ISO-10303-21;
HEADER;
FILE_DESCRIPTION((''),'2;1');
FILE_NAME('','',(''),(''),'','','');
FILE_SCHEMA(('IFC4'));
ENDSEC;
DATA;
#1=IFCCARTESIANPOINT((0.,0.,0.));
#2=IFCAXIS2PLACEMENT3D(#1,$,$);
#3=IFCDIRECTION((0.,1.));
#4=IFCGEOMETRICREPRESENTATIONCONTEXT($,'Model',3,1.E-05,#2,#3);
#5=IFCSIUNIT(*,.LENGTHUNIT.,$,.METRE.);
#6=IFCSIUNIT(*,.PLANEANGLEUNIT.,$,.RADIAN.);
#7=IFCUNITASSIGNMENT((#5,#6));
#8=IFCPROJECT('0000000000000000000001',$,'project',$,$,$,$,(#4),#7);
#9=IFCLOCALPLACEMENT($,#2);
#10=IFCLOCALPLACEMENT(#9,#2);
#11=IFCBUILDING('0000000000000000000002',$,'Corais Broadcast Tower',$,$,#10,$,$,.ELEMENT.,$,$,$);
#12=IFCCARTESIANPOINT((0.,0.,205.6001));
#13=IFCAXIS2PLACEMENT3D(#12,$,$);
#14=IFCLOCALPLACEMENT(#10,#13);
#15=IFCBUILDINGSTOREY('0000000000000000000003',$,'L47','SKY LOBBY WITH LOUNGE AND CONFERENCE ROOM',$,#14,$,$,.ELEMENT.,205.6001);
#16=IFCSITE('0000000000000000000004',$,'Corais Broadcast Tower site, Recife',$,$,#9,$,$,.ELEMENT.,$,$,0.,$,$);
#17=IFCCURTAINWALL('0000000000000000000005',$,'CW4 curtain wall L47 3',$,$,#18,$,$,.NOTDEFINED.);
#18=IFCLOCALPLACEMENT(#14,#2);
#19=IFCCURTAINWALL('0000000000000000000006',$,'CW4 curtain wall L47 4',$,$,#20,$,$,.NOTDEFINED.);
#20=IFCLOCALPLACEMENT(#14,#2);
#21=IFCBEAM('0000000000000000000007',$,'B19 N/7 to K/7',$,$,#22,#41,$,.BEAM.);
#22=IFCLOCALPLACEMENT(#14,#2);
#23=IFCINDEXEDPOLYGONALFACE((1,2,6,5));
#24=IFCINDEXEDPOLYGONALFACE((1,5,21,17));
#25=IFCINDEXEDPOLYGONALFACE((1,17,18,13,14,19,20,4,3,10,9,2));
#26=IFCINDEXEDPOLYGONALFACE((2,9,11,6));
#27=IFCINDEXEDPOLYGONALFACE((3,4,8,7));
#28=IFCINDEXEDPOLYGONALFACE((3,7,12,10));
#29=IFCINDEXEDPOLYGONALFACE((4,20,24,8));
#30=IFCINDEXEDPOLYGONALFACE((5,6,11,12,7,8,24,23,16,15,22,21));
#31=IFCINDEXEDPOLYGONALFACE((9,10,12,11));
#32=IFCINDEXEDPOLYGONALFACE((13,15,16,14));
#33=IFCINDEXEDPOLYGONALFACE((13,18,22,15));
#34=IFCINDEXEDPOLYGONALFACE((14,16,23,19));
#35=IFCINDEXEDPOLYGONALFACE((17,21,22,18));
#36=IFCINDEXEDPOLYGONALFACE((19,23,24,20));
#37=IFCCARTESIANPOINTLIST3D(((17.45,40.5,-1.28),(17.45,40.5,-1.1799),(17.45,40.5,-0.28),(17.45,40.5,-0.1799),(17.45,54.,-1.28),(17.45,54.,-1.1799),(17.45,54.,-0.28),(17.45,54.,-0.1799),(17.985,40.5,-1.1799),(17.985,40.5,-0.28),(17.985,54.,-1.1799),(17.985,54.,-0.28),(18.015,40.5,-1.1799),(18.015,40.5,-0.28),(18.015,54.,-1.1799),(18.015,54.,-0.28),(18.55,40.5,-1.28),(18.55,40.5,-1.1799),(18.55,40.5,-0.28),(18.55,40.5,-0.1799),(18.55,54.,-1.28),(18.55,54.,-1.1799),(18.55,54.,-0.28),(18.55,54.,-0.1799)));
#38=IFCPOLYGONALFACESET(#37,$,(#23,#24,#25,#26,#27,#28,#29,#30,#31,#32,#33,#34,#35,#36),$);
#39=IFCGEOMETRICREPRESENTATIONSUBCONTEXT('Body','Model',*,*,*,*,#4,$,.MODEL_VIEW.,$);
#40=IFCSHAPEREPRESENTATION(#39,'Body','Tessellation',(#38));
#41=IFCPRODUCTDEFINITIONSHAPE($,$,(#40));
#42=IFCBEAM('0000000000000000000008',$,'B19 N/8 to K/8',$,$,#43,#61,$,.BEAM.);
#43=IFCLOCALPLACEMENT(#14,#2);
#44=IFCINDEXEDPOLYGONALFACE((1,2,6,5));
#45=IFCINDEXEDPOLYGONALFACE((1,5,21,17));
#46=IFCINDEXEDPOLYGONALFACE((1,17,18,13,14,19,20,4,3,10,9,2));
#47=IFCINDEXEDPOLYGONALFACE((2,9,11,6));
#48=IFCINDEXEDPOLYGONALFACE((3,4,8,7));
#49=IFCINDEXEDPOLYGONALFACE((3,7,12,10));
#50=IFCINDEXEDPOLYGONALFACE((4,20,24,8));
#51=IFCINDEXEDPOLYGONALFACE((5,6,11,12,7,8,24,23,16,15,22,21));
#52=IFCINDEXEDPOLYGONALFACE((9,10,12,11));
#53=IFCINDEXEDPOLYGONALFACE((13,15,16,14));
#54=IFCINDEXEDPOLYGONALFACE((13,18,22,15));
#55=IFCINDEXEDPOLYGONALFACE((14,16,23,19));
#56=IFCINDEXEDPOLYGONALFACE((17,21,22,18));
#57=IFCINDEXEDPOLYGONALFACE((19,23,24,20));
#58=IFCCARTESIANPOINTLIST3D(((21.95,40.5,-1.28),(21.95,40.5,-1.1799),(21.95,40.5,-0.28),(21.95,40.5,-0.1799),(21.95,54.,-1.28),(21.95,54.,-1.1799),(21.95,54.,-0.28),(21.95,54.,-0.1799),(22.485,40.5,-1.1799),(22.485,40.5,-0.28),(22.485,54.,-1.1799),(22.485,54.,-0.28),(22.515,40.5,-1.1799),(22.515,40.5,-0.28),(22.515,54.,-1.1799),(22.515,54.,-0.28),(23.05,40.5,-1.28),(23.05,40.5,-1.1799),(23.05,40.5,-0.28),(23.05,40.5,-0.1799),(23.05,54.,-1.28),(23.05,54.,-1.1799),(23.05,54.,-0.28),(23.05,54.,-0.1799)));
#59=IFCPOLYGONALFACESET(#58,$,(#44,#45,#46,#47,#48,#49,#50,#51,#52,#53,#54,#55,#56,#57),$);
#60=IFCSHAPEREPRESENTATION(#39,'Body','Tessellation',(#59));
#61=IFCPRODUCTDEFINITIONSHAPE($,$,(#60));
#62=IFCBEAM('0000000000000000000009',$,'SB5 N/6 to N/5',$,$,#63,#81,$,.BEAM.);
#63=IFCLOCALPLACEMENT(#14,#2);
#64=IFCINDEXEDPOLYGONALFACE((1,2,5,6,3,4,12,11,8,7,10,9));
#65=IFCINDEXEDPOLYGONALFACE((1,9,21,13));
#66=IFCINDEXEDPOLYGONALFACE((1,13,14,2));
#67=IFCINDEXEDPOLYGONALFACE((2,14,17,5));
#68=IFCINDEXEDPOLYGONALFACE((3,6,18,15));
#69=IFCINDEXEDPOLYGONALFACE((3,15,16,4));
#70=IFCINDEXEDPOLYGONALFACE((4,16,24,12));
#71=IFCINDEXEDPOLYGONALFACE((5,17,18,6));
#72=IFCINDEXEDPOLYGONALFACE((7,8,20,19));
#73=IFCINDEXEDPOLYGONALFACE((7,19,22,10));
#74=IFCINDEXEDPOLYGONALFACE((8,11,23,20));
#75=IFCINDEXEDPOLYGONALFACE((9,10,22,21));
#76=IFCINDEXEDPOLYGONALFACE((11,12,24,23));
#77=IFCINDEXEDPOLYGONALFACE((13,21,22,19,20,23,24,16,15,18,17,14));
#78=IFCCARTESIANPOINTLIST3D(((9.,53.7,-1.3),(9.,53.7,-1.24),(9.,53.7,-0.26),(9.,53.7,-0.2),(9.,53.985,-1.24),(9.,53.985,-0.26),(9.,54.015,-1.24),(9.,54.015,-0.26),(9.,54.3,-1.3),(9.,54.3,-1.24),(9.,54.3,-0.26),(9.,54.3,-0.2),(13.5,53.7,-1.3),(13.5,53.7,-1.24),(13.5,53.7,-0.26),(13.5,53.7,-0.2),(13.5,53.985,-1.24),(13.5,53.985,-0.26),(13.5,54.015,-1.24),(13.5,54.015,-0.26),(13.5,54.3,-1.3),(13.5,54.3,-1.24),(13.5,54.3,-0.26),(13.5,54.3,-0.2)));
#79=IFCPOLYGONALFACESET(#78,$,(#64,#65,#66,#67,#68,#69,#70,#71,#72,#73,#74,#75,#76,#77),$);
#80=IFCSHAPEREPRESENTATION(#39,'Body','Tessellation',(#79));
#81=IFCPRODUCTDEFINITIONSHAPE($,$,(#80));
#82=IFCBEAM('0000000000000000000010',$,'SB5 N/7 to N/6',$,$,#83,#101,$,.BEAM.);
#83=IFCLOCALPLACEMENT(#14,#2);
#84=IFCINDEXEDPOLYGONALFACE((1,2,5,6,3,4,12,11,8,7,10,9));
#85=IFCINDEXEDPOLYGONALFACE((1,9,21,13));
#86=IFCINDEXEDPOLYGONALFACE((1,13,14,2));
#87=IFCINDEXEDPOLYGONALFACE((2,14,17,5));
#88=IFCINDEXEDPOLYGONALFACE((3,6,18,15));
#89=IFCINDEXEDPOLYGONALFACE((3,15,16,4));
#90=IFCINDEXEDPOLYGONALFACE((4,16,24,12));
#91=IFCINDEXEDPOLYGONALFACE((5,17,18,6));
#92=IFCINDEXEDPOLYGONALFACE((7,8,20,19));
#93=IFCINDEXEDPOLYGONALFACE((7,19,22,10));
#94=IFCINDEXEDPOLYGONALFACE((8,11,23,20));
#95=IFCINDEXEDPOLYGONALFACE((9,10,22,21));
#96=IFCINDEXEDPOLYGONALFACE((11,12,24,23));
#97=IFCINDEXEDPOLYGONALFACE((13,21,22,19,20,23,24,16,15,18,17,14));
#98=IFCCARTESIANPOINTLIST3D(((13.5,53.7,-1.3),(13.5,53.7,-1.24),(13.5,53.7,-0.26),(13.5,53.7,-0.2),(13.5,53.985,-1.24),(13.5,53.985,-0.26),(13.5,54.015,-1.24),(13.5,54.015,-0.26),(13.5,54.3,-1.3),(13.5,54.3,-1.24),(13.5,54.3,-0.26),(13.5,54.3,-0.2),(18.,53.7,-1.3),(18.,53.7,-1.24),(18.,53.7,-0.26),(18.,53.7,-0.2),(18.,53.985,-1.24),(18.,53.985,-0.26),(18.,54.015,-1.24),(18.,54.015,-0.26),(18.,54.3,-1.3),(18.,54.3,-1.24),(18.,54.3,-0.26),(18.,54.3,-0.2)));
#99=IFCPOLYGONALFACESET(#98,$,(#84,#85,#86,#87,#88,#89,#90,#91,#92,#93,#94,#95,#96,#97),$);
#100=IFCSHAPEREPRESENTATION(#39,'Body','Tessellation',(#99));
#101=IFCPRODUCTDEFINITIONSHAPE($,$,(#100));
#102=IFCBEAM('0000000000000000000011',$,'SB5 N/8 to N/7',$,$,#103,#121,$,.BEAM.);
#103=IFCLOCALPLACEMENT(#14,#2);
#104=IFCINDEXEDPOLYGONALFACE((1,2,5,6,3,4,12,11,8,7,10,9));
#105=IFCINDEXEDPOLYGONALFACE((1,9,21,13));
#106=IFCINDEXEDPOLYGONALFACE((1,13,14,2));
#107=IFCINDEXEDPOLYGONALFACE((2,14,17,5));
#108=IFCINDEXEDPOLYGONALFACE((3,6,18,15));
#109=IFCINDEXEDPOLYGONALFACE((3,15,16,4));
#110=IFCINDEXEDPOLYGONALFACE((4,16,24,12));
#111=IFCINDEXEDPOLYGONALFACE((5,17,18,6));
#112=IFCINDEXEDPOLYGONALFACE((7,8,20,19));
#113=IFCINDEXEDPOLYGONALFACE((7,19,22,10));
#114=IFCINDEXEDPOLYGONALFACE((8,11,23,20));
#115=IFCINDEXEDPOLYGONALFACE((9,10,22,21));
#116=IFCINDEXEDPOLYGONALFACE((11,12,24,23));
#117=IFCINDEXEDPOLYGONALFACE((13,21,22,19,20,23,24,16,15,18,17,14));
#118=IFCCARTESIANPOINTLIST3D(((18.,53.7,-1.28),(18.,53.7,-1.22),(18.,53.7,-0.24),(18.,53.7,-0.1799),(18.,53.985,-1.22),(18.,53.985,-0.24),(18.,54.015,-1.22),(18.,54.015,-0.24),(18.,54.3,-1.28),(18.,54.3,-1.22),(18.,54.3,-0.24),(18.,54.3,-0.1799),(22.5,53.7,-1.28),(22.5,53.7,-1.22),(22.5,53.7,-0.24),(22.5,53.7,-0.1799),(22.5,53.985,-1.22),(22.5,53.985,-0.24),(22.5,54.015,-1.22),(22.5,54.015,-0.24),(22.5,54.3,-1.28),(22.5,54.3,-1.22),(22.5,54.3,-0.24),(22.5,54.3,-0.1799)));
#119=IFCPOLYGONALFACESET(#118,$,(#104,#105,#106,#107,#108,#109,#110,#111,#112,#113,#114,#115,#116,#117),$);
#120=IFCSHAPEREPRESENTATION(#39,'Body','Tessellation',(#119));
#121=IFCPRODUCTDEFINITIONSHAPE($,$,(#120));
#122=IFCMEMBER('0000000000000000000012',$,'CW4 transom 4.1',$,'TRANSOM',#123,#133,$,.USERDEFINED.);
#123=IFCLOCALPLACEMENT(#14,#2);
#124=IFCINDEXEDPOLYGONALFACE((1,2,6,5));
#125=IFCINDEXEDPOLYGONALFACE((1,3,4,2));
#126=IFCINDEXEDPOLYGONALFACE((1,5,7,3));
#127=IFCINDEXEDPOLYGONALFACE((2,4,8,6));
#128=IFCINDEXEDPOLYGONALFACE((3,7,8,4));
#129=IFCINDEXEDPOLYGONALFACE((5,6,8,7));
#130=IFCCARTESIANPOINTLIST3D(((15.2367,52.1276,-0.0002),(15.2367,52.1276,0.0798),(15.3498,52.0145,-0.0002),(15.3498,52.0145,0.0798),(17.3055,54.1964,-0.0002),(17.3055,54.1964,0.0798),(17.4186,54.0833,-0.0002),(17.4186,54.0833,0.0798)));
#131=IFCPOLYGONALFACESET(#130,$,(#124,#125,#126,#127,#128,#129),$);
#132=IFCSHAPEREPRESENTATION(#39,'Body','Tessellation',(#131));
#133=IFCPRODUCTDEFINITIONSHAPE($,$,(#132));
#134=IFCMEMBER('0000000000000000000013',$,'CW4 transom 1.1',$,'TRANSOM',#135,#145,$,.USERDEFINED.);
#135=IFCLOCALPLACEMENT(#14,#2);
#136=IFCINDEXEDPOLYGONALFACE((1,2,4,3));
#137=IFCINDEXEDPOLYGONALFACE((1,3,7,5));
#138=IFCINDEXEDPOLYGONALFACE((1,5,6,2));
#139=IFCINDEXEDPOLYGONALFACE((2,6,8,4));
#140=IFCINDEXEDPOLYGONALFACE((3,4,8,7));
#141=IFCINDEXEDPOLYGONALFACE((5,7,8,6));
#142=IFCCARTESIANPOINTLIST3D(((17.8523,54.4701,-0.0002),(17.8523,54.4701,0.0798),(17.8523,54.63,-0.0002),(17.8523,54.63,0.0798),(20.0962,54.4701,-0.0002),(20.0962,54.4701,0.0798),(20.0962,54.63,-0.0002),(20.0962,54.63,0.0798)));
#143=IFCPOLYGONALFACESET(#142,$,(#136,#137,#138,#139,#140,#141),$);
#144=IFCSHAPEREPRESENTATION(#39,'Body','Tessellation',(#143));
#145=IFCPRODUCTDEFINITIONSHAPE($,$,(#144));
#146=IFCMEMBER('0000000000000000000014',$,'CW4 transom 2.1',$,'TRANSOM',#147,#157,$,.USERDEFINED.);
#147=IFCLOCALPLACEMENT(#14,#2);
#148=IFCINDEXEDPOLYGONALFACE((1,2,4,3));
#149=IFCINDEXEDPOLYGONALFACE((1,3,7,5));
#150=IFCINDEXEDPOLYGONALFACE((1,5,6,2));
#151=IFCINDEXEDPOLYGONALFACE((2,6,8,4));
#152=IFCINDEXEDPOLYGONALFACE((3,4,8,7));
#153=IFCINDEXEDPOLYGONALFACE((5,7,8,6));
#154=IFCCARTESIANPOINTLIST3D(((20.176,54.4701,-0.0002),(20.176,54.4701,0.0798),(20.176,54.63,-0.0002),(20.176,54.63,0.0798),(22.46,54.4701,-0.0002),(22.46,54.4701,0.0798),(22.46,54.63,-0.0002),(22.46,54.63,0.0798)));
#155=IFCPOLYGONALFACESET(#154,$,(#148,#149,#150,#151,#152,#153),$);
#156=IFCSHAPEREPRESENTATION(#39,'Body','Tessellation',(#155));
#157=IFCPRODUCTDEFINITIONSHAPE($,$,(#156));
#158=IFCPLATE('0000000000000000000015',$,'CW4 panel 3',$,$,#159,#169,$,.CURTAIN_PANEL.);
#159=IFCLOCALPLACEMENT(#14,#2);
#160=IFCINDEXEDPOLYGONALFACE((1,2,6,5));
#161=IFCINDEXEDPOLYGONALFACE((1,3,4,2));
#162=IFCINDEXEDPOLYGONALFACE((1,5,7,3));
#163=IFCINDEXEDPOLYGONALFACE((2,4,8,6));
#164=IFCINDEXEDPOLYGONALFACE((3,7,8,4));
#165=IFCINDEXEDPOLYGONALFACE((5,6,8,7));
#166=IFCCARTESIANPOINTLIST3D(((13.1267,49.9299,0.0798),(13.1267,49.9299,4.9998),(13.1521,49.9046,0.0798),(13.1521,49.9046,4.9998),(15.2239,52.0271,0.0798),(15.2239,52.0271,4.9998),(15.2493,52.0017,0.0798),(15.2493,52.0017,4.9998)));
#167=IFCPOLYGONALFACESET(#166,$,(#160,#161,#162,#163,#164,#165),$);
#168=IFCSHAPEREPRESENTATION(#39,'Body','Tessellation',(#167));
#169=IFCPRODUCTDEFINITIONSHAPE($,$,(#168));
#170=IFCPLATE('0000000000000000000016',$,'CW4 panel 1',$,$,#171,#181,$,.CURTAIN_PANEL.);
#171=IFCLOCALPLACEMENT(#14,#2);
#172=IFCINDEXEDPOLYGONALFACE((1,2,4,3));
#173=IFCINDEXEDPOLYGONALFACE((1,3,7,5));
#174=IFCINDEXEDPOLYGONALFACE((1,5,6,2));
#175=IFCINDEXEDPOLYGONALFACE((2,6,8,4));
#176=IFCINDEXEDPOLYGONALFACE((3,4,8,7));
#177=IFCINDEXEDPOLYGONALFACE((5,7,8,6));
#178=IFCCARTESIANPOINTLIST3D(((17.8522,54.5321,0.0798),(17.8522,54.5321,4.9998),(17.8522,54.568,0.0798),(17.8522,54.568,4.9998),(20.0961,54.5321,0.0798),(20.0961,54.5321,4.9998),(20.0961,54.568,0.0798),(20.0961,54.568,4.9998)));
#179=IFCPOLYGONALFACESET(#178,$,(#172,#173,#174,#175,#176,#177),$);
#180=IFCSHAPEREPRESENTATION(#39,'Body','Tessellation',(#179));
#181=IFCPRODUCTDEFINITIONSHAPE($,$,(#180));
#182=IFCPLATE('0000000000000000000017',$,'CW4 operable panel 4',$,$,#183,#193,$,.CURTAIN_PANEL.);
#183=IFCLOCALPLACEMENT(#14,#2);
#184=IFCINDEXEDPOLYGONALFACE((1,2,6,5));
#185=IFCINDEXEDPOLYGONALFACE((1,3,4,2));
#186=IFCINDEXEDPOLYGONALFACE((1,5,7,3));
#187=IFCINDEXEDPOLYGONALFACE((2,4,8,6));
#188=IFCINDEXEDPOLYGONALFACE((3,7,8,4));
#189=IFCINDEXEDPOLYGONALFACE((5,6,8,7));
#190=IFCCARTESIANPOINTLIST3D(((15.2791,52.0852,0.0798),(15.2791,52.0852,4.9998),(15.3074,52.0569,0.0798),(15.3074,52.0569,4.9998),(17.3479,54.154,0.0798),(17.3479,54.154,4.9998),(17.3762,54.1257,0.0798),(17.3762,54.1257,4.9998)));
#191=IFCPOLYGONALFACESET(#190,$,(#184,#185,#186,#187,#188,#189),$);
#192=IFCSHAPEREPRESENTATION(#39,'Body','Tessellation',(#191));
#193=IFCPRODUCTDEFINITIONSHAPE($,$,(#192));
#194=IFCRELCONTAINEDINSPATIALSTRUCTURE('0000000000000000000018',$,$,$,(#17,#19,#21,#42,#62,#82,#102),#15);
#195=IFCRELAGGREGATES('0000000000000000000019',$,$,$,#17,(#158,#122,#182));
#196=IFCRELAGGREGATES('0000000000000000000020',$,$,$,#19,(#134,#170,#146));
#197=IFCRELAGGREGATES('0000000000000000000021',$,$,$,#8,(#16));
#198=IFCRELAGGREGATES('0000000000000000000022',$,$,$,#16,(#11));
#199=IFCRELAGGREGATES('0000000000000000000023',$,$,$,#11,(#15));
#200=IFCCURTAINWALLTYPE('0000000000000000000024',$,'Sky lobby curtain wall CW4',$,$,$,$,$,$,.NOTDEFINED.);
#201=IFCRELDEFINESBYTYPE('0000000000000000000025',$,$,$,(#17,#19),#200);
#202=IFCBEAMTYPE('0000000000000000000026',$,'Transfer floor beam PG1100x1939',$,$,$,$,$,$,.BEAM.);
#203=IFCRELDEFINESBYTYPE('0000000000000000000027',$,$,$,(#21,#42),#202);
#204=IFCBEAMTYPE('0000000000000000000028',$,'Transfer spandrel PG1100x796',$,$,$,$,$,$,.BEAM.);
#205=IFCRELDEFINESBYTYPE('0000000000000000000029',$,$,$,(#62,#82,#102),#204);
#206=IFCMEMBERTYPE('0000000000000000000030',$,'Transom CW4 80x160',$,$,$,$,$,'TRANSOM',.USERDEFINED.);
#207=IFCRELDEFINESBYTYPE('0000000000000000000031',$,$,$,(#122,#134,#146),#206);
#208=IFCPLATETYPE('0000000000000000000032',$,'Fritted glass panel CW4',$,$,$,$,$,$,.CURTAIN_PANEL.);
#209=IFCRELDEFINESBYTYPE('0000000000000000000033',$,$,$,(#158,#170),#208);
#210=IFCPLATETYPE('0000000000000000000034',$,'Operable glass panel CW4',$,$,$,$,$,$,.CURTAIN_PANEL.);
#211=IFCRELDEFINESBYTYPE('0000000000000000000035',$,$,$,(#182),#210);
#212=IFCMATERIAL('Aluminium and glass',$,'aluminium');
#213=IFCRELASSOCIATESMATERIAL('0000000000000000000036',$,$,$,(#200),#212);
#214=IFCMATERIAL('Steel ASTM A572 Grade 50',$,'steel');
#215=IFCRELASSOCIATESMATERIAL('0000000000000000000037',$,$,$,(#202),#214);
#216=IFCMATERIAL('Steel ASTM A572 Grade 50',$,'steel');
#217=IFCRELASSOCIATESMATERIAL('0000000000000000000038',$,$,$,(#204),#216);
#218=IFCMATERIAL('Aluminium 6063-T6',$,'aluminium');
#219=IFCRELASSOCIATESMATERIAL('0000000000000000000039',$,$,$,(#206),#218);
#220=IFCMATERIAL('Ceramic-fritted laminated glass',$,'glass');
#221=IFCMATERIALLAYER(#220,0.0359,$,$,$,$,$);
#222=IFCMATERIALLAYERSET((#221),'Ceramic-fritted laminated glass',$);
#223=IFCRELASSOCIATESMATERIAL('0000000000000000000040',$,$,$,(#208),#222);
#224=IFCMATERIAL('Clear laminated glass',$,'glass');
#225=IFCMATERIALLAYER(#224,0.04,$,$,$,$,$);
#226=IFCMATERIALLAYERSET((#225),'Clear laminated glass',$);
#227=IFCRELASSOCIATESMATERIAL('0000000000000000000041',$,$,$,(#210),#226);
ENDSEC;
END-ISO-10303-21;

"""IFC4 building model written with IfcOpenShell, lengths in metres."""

from ifc_helpers import new_model, si_unit, direction, frame, origin, origin_2d, place, context, subcontext, project, spatial, rectangle, i_section, extrude, material, layer, layer_set, material_profile, profile_set, type_object, element, aggregate, save


model = new_model("IFC4")

# Units and contexts
model_context = context("Model", 3, precision=1e-05, world=origin(), true_north=direction((0.0, 1.0)))
body_context = subcontext(model_context, "Body", "Model", "MODEL_VIEW")
ifc_project = project(units=[si_unit("LENGTHUNIT", "METRE"), si_unit("PLANEANGLEUNIT", "RADIAN")], contexts=[model_context])

# Site, building, storey
site_placement = place(None, origin())
site = spatial("IfcSite", under=ifc_project, at=site_placement, Name="Corais Broadcast Tower site, Recife", CompositionType="ELEMENT", RefElevation=0.0)
building_placement = place(site_placement, origin())
building = spatial("IfcBuilding", under=site, at=building_placement, Name="Corais Broadcast Tower", CompositionType="ELEMENT")
storey_placement = place(building_placement, frame((0.0, 0.0, 205.6001)))
storey = spatial("IfcBuildingStorey", under=building, at=storey_placement, Name="L47", Description="SKY LOBBY WITH LOUNGE AND CONFERENCE ROOM", CompositionType="ELEMENT", Elevation=205.6001)

# Curtain walls
ifc_material_1 = material(Name="Aluminium and glass", Category="aluminium")
curtain_wall_type = type_object("IfcCurtainWallType", Name="Sky lobby curtain wall CW4", PredefinedType="NOTDEFINED", material=ifc_material_1)
curtain_wall_1_placement = place(storey_placement, origin())
curtain_wall_1 = element("IfcCurtainWall", 1, at=curtain_wall_1_placement, inside=storey, type_object=curtain_wall_type, Name="CW4 curtain wall L47 3", PredefinedType="NOTDEFINED")
curtain_wall_2_placement = place(storey_placement, origin())
curtain_wall_2 = element("IfcCurtainWall", 2, at=curtain_wall_2_placement, inside=storey, type_object=curtain_wall_type, Name="CW4 curtain wall L47 4", PredefinedType="NOTDEFINED")

# Beams
ifc_material_2 = material(Name="Steel ASTM A572 Grade 50", Category="steel")
ifc_material_profile_1 = material_profile(ifc_material_2, i_section(OverallWidth=1.1001, OverallDepth=1.1001, WebThickness=0.03, FlangeThickness=0.1001, at=origin_2d()), Name="PG1100x1939")
ifc_profile_set_1 = profile_set([ifc_material_profile_1], Name="Steel ASTM A572 Grade 50")
beam_type_1 = type_object("IfcBeamType", Name="Transfer floor beam PG1100x1939", PredefinedType="BEAM", material=ifc_profile_set_1)
for number, where, z_axis, x_axis, name in (
    (3, (18.0, 54.0, -0.73), (0.0, -1.0, 0.0), (1.0, 0.0, 0.0), "B19 N/7 to K/7"),
    (4, (22.5, 54.0, -0.73), (0.0, -1.0, 0.0), (1.0, 0.0, 0.0), "B19 N/8 to K/8"),
):
    element("IfcBeam", number, at=place(storey_placement, frame(where, z_axis=z_axis, x_axis=x_axis)), inside=storey, type_object=beam_type_1, Name=name, PredefinedType="BEAM", context=body_context, shape_type="SweptSolid", body=[
        extrude(i_section(OverallWidth=1.1001, OverallDepth=1.1001, WebThickness=0.03, FlangeThickness=0.1001, at=origin_2d()), origin(), (0.0, 0.0, 1.0), 13.5),
    ])
ifc_material_3 = material(Name="Steel ASTM A572 Grade 50", Category="steel")
ifc_material_profile_2 = material_profile(ifc_material_3, i_section(OverallWidth=0.6001, OverallDepth=1.1001, WebThickness=0.03, FlangeThickness=0.0601, at=origin_2d()), Name="PG1100x796")
ifc_profile_set_2 = profile_set([ifc_material_profile_2], Name="Steel ASTM A572 Grade 50")
beam_type_2 = type_object("IfcBeamType", Name="Transfer spandrel PG1100x796", PredefinedType="BEAM", material=ifc_profile_set_2)
for number, where, z_axis, x_axis, name in (
    (5, (13.5, 54.0, -0.75), (-1.0, 0.0, 0.0), (0.0, -1.0, 0.0), "SB5 N/6 to N/5"),
    (6, (18.0, 54.0, -0.75), (-1.0, 0.0, 0.0), (0.0, -1.0, 0.0), "SB5 N/7 to N/6"),
    (7, (22.5, 54.0, -0.73), (-1.0, 0.0, 0.0), (0.0, -1.0, 0.0), "SB5 N/8 to N/7"),
):
    element("IfcBeam", number, at=place(storey_placement, frame(where, z_axis=z_axis, x_axis=x_axis)), inside=storey, type_object=beam_type_2, Name=name, PredefinedType="BEAM", context=body_context, shape_type="SweptSolid", body=[
        extrude(i_section(OverallWidth=0.6001, OverallDepth=1.1001, WebThickness=0.03, FlangeThickness=0.0601, at=origin_2d()), origin(), (0.0, 0.0, 1.0), 4.5),
    ])

# Members
ifc_material_4 = material(Name="Aluminium 6063-T6", Category="aluminium")
ifc_material_profile_3 = material_profile(ifc_material_4, rectangle(XDim=0.1599, YDim=0.0801, at=origin_2d()), Name="Transom CW4 80x160")
ifc_profile_set_3 = profile_set([ifc_material_profile_3], Name="Aluminium 6063-T6")
member_type_1 = type_object("IfcMemberType", Name="Transom CW4 80x160", ElementType="TRANSOM", PredefinedType="USERDEFINED", material=ifc_profile_set_3)
member_1_placement = place(storey_placement, frame((15.2932, 52.071, 0.0398), z_axis=(0.707107, 0.707107, 0.0), x_axis=(-0.707107, 0.707107, 0.0)))
member_1 = element("IfcMember", 8, at=member_1_placement, type_object=member_type_1, Name="CW4 transom 4.1", ObjectType="TRANSOM", PredefinedType="USERDEFINED", context=body_context, shape_type="SweptSolid", body=[
    extrude(rectangle(XDim=0.1599, YDim=0.0801, at=origin_2d()), origin(), (0.0, 0.0, 1.0), 2.9258),
])
member_2_placement = place(storey_placement, frame((17.8523, 54.55, 0.0398), z_axis=(1.0, 0.0, 0.0), x_axis=(0.0, 1.0, 0.0)))
member_2 = element("IfcMember", 9, at=member_2_placement, type_object=member_type_1, Name="CW4 transom 1.1", ObjectType="TRANSOM", PredefinedType="USERDEFINED", context=body_context, shape_type="SweptSolid", body=[
    extrude(rectangle(XDim=0.1599, YDim=0.0801, at=origin_2d()), origin(), (0.0, 0.0, 1.0), 2.2439),
])
member_3_placement = place(storey_placement, frame((20.176, 54.55, 0.0398), z_axis=(1.0, 0.0, 0.0), x_axis=(0.0, 1.0, 0.0)))
member_3 = element("IfcMember", 10, at=member_3_placement, type_object=member_type_1, Name="CW4 transom 2.1", ObjectType="TRANSOM", PredefinedType="USERDEFINED", context=body_context, shape_type="SweptSolid", body=[
    extrude(rectangle(XDim=0.1599, YDim=0.0801, at=origin_2d()), origin(), (0.0, 0.0, 1.0), 2.2839),
])

# Plates
ifc_material_5 = material(Name="Ceramic-fritted laminated glass", Category="glass")
ifc_layer_1 = layer(ifc_material_5, 0.0359)
ifc_layer_set_1 = layer_set([ifc_layer_1], Name="Ceramic-fritted laminated glass")
plate_type_1 = type_object("IfcPlateType", Name="Fritted glass panel CW4", PredefinedType="CURTAIN_PANEL", material=ifc_layer_set_1)
plate_1_placement = place(storey_placement, frame((14.188, 50.9658, 0.0798), z_axis=(0.0, 0.0, 1.0), x_axis=(0.707107, 0.707107, 0.0)))
plate_1 = element("IfcPlate", 11, at=plate_1_placement, type_object=plate_type_1, Name="CW4 panel 3", PredefinedType="CURTAIN_PANEL", context=body_context, shape_type="SweptSolid", body=[
    extrude(rectangle(XDim=2.9658, YDim=0.0359, at=origin_2d()), origin(), (0.0, 0.0, 1.0), 4.9199),
])
plate_2_placement = place(storey_placement, frame((18.9741, 54.55, 0.0798), z_axis=(0.0, 0.0, 1.0), x_axis=(1.0, 0.0, 0.0)))
plate_2 = element("IfcPlate", 12, at=plate_2_placement, type_object=plate_type_1, Name="CW4 panel 1", PredefinedType="CURTAIN_PANEL", context=body_context, shape_type="SweptSolid", body=[
    extrude(rectangle(XDim=2.2439, YDim=0.0359, at=origin_2d()), origin(), (0.0, 0.0, 1.0), 4.9199),
])
ifc_material_6 = material(Name="Clear laminated glass", Category="glass")
ifc_layer_2 = layer(ifc_material_6, 0.04)
ifc_layer_set_2 = layer_set([ifc_layer_2], Name="Clear laminated glass")
plate_type_2 = type_object("IfcPlateType", Name="Operable glass panel CW4", PredefinedType="CURTAIN_PANEL", material=ifc_layer_set_2)
plate_3_placement = place(storey_placement, frame((16.3276, 53.1055, 0.0798), z_axis=(0.0, 0.0, 1.0), x_axis=(0.707107, 0.707107, 0.0)))
plate_3 = element("IfcPlate", 13, at=plate_3_placement, type_object=plate_type_2, Name="CW4 operable panel 4", PredefinedType="CURTAIN_PANEL", context=body_context, shape_type="SweptSolid", body=[
    extrude(rectangle(XDim=2.9258, YDim=0.04, at=origin_2d()), origin(), (0.0, 0.0, 1.0), 4.9199),
])
aggregate(curtain_wall_1, [plate_1, member_1, plate_3])
aggregate(curtain_wall_2, [member_2, plate_2, member_3])

save(model, "model.ifc")
